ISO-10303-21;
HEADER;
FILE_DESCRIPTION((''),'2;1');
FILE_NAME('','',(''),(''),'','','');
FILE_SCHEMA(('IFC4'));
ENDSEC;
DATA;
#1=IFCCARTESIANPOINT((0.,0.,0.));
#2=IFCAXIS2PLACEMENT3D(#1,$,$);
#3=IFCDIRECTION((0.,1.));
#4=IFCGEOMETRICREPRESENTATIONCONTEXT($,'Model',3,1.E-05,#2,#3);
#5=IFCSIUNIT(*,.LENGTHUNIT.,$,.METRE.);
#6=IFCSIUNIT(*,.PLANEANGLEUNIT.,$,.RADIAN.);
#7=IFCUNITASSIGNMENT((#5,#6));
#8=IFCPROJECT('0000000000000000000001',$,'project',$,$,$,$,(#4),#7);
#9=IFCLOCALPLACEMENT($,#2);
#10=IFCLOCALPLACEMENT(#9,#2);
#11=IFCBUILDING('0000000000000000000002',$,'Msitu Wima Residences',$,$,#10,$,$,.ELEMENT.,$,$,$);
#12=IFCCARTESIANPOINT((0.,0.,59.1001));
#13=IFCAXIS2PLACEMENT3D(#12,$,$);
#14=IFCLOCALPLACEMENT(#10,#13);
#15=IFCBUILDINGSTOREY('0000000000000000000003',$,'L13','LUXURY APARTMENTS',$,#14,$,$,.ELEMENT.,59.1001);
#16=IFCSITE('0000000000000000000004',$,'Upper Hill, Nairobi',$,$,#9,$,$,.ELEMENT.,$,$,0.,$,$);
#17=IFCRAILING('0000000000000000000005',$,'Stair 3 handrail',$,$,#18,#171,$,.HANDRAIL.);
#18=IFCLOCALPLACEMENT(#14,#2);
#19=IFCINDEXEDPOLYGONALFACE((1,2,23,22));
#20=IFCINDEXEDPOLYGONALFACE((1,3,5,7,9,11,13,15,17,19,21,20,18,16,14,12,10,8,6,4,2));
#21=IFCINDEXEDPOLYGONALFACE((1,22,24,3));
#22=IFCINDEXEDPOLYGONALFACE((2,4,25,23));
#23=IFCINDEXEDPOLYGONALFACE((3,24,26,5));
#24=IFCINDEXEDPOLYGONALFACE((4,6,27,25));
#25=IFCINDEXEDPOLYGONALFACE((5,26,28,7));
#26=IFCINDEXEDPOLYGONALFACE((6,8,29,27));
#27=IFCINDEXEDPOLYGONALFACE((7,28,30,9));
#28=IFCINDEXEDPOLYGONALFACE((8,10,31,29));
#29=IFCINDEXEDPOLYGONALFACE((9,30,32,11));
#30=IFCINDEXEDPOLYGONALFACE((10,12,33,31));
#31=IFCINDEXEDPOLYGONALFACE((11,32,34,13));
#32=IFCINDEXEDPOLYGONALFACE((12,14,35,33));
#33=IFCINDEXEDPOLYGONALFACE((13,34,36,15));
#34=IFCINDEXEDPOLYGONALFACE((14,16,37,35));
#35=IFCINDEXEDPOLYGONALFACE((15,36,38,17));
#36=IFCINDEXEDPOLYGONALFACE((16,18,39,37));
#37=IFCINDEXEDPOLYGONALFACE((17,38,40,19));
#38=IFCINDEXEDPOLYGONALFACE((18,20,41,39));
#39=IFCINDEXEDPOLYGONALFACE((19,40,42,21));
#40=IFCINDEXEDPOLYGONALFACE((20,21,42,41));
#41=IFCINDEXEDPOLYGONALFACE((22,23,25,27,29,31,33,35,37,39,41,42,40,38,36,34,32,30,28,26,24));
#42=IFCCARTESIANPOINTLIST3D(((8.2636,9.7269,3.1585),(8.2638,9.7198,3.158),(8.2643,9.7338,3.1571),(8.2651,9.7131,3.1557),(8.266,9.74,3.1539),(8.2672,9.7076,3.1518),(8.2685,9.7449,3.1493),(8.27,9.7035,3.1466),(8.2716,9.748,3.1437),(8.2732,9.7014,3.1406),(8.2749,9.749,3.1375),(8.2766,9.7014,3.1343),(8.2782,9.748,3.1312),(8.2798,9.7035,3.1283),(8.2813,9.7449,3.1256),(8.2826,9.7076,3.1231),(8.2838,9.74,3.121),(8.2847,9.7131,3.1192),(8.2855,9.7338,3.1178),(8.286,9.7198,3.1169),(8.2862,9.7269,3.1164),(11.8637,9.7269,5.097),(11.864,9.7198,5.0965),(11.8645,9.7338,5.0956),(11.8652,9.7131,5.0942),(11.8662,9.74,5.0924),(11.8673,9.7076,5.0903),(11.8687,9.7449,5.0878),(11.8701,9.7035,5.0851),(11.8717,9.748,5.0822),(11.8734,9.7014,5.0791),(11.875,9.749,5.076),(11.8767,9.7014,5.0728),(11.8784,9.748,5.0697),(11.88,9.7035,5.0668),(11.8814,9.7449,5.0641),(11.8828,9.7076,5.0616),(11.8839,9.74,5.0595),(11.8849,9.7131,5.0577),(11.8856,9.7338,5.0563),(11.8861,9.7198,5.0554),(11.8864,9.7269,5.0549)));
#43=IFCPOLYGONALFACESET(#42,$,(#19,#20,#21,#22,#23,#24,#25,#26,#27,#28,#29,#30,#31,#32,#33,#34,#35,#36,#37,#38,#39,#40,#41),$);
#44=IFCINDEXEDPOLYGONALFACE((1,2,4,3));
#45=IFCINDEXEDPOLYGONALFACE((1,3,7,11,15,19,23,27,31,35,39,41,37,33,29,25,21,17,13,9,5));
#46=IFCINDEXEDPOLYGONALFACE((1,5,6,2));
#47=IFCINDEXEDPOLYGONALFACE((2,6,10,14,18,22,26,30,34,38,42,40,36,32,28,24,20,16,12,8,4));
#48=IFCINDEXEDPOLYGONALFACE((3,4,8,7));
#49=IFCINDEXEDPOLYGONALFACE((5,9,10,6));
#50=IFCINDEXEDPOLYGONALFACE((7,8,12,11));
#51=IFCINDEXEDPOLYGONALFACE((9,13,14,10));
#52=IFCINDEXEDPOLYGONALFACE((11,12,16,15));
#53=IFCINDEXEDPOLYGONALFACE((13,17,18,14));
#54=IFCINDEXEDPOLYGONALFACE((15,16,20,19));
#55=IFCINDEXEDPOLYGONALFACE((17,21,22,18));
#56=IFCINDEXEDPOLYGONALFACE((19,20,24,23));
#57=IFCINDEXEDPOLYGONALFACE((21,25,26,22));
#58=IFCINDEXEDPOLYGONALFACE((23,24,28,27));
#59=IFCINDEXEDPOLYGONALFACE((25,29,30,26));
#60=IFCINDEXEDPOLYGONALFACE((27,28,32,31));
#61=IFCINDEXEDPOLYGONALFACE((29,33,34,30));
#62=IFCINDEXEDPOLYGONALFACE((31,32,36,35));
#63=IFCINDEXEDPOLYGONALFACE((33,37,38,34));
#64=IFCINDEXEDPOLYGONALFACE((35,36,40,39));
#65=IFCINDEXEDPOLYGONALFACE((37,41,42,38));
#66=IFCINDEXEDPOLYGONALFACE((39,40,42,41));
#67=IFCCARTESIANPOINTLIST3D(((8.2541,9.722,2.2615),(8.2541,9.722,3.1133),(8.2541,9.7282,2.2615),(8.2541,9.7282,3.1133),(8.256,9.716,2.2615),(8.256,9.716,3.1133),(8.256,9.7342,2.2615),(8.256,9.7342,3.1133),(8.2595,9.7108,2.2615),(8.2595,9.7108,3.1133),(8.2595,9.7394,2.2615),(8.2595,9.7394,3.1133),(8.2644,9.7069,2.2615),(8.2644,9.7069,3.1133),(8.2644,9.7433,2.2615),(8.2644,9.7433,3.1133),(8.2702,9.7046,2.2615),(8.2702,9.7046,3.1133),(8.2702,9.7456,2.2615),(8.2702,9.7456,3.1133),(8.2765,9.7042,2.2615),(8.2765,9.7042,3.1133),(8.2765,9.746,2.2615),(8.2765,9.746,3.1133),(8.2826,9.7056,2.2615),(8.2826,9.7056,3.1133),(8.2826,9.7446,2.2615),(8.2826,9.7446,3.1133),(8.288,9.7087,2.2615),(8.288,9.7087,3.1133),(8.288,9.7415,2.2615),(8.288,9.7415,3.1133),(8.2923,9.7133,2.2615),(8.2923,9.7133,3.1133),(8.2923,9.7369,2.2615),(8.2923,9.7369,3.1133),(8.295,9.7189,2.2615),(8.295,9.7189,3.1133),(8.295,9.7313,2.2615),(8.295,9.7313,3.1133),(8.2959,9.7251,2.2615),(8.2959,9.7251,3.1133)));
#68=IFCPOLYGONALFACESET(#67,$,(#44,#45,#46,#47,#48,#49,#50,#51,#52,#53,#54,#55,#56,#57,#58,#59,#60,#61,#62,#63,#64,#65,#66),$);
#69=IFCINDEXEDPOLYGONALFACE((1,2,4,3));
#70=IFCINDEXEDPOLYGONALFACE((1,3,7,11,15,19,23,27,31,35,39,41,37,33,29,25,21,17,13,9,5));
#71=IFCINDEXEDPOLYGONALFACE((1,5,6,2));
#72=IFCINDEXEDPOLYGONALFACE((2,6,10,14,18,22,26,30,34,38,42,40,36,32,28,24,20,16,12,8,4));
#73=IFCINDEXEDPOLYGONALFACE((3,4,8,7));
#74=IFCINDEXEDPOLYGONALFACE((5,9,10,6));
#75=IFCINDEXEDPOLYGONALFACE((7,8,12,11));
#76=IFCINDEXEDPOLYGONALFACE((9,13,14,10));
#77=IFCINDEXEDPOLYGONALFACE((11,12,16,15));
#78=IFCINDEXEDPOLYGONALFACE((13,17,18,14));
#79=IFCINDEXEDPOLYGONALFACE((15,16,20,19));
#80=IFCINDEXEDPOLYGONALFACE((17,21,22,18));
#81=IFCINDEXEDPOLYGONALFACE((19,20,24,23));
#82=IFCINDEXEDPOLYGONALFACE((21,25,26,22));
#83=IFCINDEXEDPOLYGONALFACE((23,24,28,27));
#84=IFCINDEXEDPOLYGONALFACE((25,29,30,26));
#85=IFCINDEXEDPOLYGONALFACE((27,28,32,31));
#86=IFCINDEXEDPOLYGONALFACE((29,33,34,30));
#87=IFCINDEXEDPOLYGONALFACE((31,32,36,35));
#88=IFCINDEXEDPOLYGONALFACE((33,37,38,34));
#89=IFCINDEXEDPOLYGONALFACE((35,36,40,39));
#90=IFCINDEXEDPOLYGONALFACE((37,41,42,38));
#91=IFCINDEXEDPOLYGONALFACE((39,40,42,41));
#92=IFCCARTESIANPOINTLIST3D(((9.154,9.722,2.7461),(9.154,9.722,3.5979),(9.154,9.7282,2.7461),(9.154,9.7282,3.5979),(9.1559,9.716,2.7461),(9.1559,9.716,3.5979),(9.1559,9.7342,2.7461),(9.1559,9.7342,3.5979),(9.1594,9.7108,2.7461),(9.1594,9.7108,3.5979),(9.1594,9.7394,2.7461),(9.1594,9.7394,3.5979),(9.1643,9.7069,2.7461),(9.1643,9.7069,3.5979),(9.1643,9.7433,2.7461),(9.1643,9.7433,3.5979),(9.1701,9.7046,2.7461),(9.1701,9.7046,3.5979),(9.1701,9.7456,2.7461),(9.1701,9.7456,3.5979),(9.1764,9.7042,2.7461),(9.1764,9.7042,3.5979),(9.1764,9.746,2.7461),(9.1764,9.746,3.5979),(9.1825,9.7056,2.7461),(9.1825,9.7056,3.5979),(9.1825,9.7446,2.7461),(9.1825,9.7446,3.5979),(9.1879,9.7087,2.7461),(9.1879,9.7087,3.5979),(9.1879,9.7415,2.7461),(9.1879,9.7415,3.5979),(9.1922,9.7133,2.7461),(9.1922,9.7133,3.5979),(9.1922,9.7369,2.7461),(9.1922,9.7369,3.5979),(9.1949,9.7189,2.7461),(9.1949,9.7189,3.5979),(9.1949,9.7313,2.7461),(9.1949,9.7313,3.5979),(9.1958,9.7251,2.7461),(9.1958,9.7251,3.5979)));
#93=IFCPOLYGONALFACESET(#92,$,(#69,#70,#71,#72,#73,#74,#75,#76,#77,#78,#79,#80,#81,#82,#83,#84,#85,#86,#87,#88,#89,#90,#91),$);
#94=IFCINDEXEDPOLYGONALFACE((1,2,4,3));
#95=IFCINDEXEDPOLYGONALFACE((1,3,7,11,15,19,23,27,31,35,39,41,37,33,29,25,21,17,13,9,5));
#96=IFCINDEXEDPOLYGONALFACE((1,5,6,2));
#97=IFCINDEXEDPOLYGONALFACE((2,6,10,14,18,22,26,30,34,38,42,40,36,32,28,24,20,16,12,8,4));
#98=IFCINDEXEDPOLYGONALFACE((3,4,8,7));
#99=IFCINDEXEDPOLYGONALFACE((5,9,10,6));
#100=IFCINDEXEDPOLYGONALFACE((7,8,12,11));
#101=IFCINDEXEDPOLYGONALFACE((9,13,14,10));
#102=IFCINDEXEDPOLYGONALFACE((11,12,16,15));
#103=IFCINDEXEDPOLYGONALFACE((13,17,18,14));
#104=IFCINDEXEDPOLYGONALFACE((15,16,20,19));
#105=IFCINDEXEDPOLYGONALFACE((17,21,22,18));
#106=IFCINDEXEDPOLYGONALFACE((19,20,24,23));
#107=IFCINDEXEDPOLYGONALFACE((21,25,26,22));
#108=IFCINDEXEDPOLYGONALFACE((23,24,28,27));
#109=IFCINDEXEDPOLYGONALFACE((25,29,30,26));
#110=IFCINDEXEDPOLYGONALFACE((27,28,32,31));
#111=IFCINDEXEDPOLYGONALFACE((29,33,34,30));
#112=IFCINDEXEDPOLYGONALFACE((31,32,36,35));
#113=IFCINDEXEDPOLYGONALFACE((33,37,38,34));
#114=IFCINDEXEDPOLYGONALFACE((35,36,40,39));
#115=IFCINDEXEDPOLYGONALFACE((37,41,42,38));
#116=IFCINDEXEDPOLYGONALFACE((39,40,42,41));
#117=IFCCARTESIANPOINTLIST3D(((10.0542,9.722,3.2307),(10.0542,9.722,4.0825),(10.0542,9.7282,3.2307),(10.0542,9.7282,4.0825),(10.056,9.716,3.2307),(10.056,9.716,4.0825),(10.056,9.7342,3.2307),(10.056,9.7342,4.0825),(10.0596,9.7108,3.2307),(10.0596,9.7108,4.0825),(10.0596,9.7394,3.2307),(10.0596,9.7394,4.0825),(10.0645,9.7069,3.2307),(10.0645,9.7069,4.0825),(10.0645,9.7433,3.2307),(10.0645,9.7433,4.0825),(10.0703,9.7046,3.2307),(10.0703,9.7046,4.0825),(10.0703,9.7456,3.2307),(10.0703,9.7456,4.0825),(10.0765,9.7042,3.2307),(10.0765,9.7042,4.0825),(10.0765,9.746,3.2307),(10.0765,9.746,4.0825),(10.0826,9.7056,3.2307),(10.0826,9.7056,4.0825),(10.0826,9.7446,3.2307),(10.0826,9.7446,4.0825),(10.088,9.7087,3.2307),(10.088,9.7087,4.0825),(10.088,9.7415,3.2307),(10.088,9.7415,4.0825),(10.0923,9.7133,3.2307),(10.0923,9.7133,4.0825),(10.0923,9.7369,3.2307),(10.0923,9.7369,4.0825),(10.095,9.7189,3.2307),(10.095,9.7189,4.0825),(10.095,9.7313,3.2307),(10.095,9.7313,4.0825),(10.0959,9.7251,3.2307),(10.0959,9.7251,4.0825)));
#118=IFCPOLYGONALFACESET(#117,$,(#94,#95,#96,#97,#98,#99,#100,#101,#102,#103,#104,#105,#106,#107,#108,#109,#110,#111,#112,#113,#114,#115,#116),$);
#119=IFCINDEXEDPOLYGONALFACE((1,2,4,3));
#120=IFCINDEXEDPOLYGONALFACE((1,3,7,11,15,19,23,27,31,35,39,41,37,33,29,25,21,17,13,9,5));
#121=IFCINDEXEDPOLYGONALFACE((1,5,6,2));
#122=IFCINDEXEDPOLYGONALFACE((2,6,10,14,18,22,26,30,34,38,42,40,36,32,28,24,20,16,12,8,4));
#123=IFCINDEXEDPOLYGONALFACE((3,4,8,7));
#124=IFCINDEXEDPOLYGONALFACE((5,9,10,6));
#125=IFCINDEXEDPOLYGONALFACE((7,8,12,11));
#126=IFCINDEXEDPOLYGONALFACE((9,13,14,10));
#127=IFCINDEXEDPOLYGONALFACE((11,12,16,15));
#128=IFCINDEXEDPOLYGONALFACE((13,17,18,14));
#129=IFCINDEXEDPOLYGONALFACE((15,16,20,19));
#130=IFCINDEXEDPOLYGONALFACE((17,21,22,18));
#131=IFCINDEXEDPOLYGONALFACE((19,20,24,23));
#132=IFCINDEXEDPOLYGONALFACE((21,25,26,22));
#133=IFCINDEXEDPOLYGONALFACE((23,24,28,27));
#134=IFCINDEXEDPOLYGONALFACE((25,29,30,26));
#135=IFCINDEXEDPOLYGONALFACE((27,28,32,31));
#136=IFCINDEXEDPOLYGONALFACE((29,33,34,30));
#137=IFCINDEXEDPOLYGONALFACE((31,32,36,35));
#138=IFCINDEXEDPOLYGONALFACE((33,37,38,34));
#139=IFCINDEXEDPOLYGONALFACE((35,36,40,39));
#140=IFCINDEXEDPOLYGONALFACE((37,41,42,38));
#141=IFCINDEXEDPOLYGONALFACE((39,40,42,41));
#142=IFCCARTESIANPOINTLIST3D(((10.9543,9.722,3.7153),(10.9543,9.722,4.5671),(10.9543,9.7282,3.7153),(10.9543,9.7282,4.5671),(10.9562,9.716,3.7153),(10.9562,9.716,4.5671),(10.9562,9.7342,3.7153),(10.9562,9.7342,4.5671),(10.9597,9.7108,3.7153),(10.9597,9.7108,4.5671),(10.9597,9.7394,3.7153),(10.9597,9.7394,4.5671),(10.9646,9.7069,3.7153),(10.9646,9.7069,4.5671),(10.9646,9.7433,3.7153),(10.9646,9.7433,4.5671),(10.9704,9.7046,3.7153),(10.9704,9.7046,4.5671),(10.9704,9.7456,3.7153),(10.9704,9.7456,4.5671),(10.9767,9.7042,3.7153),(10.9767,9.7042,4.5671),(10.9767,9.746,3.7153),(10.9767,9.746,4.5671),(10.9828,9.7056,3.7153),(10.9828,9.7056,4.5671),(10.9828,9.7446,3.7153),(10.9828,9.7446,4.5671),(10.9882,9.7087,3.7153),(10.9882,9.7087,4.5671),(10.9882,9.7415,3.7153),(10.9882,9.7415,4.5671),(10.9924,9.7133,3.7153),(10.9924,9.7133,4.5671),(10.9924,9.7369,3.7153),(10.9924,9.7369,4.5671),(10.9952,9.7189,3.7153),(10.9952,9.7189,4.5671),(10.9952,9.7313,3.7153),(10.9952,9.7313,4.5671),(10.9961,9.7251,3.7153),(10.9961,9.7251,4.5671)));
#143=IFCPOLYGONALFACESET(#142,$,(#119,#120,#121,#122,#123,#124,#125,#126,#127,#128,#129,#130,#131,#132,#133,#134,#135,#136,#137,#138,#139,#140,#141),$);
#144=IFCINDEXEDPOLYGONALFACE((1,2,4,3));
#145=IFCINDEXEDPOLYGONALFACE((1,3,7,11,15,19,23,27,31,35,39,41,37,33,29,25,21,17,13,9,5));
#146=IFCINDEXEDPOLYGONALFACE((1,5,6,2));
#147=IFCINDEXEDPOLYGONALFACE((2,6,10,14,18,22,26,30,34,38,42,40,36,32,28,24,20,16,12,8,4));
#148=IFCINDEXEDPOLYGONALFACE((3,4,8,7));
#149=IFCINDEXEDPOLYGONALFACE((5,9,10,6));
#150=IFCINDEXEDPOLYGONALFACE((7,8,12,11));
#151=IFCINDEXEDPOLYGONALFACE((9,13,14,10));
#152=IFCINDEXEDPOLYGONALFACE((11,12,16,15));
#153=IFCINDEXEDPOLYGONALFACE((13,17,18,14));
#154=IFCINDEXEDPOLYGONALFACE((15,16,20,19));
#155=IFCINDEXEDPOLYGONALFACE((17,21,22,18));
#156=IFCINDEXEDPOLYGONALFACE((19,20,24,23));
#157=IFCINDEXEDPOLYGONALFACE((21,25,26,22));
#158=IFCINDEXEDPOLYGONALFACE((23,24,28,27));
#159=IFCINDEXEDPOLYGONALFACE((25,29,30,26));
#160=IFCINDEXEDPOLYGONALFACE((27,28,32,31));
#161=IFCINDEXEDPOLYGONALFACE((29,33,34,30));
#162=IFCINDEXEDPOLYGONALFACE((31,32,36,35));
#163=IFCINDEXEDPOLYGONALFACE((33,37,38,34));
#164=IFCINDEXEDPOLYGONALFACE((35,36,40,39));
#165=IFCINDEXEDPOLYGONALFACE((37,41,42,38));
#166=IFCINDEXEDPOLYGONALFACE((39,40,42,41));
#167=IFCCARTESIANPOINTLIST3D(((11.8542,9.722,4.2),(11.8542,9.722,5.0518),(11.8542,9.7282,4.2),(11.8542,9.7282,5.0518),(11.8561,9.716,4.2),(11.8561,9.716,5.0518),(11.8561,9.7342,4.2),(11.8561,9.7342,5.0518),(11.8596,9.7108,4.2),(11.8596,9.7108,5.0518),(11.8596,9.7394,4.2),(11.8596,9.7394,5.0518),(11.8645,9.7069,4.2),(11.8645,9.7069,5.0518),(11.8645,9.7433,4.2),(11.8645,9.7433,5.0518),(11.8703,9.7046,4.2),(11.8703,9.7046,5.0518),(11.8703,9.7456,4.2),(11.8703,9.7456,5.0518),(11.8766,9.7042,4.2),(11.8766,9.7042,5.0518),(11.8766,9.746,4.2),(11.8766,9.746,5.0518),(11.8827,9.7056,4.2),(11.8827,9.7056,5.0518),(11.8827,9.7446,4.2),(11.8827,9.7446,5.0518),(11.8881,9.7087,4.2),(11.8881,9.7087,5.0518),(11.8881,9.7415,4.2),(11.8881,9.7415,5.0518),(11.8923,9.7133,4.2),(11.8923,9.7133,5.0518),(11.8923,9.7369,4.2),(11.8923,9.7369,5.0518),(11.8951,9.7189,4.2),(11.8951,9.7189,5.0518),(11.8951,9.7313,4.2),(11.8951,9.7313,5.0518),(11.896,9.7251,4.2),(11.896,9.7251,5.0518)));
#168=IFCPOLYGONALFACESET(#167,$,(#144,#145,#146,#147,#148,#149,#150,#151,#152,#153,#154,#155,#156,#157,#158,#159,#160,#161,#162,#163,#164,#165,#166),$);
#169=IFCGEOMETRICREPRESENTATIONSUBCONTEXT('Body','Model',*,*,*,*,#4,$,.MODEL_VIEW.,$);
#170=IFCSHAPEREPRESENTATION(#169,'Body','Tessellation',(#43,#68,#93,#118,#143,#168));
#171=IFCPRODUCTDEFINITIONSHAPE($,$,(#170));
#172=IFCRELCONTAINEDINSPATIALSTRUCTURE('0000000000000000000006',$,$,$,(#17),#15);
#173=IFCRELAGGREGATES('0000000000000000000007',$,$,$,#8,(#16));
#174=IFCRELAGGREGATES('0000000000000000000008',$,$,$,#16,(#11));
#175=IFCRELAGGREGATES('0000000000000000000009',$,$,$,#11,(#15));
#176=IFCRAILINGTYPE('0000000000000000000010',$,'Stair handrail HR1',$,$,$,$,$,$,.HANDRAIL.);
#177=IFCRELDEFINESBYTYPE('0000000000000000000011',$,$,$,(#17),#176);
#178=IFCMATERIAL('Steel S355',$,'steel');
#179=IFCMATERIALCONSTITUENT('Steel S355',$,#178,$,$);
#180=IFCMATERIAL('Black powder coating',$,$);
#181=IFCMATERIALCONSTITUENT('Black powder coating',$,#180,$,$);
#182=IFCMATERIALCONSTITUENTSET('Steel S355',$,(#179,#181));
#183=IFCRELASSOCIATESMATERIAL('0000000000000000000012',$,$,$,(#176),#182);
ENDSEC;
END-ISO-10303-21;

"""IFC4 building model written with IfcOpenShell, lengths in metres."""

from ifc_helpers import new_model, si_unit, direction, frame, origin, origin_2d, place, context, subcontext, project, spatial, circle, extrude, material, constituent, constituent_set, type_object, element, save


model = new_model("IFC4")

# Units and contexts
model_context = context("Model", 3, precision=1e-05, world=origin(), true_north=direction((0.0, 1.0)))
body_context = subcontext(model_context, "Body", "Model", "MODEL_VIEW")
ifc_project = project(units=[si_unit("LENGTHUNIT", "METRE"), si_unit("PLANEANGLEUNIT", "RADIAN")], contexts=[model_context])

# Site, building, storey
site_placement = place(None, origin())
site = spatial("IfcSite", under=ifc_project, at=site_placement, Name="Upper Hill, Nairobi", CompositionType="ELEMENT", RefElevation=0.0)
building_placement = place(site_placement, origin())
building = spatial("IfcBuilding", under=site, at=building_placement, Name="Msitu Wima Residences", CompositionType="ELEMENT")
storey_placement = place(building_placement, frame((0.0, 0.0, 59.1001)))
storey = spatial("IfcBuildingStorey", under=building, at=storey_placement, Name="L13", Description="LUXURY APARTMENTS", CompositionType="ELEMENT", Elevation=59.1001)

# Railing
ifc_material_1 = material(Name="Steel S355", Category="steel")
ifc_constituent_1 = constituent(ifc_material_1, Name="Steel S355")
ifc_material_2 = material(Name="Black powder coating")
ifc_constituent_2 = constituent(ifc_material_2, Name="Black powder coating")
ifc_constituent_set = constituent_set(constituents=[ifc_constituent_1, ifc_constituent_2], Name="Steel S355")
railing_type = type_object("IfcRailingType", Name="Stair handrail HR1", PredefinedType="HANDRAIL", material=ifc_constituent_set)
for number, where, name in (
    (1, (8.2749, 9.7251, 2.2615), "Stair 3 handrail"),
):
    element("IfcRailing", number, at=place(storey_placement, frame(where)), inside=storey, type_object=railing_type, Name=name, PredefinedType="HANDRAIL", context=body_context, shape_type="SweptSolid", body=[
        extrude(circle(Radius=0.0239, at=origin_2d()), frame((0.0, 0.0, 0.876), z_axis=(0.880475, 0.0, 0.474093), x_axis=(0.0, 1.0, 0.0)), (0.0, 0.0, 1.0), 4.0889),
        extrude(circle(Radius=0.021, at=origin_2d()), origin(), (0.0, 0.0, 1.0), 0.8518),
        extrude(circle(Radius=0.021, at=origin_2d()), frame((0.8999, 0.0, 0.4846)), (0.0, 0.0, 1.0), 0.8518),
        extrude(circle(Radius=0.021, at=origin_2d()), frame((1.8, 0.0, 0.9692)), (0.0, 0.0, 1.0), 0.8518),
        extrude(circle(Radius=0.021, at=origin_2d()), frame((2.7002, 0.0, 1.4539)), (0.0, 0.0, 1.0), 0.8518),
        extrude(circle(Radius=0.021, at=origin_2d()), frame((3.6001, 0.0, 1.9385)), (0.0, 0.0, 1.0), 0.8518),
    ])

save(model, "model.ifc")
